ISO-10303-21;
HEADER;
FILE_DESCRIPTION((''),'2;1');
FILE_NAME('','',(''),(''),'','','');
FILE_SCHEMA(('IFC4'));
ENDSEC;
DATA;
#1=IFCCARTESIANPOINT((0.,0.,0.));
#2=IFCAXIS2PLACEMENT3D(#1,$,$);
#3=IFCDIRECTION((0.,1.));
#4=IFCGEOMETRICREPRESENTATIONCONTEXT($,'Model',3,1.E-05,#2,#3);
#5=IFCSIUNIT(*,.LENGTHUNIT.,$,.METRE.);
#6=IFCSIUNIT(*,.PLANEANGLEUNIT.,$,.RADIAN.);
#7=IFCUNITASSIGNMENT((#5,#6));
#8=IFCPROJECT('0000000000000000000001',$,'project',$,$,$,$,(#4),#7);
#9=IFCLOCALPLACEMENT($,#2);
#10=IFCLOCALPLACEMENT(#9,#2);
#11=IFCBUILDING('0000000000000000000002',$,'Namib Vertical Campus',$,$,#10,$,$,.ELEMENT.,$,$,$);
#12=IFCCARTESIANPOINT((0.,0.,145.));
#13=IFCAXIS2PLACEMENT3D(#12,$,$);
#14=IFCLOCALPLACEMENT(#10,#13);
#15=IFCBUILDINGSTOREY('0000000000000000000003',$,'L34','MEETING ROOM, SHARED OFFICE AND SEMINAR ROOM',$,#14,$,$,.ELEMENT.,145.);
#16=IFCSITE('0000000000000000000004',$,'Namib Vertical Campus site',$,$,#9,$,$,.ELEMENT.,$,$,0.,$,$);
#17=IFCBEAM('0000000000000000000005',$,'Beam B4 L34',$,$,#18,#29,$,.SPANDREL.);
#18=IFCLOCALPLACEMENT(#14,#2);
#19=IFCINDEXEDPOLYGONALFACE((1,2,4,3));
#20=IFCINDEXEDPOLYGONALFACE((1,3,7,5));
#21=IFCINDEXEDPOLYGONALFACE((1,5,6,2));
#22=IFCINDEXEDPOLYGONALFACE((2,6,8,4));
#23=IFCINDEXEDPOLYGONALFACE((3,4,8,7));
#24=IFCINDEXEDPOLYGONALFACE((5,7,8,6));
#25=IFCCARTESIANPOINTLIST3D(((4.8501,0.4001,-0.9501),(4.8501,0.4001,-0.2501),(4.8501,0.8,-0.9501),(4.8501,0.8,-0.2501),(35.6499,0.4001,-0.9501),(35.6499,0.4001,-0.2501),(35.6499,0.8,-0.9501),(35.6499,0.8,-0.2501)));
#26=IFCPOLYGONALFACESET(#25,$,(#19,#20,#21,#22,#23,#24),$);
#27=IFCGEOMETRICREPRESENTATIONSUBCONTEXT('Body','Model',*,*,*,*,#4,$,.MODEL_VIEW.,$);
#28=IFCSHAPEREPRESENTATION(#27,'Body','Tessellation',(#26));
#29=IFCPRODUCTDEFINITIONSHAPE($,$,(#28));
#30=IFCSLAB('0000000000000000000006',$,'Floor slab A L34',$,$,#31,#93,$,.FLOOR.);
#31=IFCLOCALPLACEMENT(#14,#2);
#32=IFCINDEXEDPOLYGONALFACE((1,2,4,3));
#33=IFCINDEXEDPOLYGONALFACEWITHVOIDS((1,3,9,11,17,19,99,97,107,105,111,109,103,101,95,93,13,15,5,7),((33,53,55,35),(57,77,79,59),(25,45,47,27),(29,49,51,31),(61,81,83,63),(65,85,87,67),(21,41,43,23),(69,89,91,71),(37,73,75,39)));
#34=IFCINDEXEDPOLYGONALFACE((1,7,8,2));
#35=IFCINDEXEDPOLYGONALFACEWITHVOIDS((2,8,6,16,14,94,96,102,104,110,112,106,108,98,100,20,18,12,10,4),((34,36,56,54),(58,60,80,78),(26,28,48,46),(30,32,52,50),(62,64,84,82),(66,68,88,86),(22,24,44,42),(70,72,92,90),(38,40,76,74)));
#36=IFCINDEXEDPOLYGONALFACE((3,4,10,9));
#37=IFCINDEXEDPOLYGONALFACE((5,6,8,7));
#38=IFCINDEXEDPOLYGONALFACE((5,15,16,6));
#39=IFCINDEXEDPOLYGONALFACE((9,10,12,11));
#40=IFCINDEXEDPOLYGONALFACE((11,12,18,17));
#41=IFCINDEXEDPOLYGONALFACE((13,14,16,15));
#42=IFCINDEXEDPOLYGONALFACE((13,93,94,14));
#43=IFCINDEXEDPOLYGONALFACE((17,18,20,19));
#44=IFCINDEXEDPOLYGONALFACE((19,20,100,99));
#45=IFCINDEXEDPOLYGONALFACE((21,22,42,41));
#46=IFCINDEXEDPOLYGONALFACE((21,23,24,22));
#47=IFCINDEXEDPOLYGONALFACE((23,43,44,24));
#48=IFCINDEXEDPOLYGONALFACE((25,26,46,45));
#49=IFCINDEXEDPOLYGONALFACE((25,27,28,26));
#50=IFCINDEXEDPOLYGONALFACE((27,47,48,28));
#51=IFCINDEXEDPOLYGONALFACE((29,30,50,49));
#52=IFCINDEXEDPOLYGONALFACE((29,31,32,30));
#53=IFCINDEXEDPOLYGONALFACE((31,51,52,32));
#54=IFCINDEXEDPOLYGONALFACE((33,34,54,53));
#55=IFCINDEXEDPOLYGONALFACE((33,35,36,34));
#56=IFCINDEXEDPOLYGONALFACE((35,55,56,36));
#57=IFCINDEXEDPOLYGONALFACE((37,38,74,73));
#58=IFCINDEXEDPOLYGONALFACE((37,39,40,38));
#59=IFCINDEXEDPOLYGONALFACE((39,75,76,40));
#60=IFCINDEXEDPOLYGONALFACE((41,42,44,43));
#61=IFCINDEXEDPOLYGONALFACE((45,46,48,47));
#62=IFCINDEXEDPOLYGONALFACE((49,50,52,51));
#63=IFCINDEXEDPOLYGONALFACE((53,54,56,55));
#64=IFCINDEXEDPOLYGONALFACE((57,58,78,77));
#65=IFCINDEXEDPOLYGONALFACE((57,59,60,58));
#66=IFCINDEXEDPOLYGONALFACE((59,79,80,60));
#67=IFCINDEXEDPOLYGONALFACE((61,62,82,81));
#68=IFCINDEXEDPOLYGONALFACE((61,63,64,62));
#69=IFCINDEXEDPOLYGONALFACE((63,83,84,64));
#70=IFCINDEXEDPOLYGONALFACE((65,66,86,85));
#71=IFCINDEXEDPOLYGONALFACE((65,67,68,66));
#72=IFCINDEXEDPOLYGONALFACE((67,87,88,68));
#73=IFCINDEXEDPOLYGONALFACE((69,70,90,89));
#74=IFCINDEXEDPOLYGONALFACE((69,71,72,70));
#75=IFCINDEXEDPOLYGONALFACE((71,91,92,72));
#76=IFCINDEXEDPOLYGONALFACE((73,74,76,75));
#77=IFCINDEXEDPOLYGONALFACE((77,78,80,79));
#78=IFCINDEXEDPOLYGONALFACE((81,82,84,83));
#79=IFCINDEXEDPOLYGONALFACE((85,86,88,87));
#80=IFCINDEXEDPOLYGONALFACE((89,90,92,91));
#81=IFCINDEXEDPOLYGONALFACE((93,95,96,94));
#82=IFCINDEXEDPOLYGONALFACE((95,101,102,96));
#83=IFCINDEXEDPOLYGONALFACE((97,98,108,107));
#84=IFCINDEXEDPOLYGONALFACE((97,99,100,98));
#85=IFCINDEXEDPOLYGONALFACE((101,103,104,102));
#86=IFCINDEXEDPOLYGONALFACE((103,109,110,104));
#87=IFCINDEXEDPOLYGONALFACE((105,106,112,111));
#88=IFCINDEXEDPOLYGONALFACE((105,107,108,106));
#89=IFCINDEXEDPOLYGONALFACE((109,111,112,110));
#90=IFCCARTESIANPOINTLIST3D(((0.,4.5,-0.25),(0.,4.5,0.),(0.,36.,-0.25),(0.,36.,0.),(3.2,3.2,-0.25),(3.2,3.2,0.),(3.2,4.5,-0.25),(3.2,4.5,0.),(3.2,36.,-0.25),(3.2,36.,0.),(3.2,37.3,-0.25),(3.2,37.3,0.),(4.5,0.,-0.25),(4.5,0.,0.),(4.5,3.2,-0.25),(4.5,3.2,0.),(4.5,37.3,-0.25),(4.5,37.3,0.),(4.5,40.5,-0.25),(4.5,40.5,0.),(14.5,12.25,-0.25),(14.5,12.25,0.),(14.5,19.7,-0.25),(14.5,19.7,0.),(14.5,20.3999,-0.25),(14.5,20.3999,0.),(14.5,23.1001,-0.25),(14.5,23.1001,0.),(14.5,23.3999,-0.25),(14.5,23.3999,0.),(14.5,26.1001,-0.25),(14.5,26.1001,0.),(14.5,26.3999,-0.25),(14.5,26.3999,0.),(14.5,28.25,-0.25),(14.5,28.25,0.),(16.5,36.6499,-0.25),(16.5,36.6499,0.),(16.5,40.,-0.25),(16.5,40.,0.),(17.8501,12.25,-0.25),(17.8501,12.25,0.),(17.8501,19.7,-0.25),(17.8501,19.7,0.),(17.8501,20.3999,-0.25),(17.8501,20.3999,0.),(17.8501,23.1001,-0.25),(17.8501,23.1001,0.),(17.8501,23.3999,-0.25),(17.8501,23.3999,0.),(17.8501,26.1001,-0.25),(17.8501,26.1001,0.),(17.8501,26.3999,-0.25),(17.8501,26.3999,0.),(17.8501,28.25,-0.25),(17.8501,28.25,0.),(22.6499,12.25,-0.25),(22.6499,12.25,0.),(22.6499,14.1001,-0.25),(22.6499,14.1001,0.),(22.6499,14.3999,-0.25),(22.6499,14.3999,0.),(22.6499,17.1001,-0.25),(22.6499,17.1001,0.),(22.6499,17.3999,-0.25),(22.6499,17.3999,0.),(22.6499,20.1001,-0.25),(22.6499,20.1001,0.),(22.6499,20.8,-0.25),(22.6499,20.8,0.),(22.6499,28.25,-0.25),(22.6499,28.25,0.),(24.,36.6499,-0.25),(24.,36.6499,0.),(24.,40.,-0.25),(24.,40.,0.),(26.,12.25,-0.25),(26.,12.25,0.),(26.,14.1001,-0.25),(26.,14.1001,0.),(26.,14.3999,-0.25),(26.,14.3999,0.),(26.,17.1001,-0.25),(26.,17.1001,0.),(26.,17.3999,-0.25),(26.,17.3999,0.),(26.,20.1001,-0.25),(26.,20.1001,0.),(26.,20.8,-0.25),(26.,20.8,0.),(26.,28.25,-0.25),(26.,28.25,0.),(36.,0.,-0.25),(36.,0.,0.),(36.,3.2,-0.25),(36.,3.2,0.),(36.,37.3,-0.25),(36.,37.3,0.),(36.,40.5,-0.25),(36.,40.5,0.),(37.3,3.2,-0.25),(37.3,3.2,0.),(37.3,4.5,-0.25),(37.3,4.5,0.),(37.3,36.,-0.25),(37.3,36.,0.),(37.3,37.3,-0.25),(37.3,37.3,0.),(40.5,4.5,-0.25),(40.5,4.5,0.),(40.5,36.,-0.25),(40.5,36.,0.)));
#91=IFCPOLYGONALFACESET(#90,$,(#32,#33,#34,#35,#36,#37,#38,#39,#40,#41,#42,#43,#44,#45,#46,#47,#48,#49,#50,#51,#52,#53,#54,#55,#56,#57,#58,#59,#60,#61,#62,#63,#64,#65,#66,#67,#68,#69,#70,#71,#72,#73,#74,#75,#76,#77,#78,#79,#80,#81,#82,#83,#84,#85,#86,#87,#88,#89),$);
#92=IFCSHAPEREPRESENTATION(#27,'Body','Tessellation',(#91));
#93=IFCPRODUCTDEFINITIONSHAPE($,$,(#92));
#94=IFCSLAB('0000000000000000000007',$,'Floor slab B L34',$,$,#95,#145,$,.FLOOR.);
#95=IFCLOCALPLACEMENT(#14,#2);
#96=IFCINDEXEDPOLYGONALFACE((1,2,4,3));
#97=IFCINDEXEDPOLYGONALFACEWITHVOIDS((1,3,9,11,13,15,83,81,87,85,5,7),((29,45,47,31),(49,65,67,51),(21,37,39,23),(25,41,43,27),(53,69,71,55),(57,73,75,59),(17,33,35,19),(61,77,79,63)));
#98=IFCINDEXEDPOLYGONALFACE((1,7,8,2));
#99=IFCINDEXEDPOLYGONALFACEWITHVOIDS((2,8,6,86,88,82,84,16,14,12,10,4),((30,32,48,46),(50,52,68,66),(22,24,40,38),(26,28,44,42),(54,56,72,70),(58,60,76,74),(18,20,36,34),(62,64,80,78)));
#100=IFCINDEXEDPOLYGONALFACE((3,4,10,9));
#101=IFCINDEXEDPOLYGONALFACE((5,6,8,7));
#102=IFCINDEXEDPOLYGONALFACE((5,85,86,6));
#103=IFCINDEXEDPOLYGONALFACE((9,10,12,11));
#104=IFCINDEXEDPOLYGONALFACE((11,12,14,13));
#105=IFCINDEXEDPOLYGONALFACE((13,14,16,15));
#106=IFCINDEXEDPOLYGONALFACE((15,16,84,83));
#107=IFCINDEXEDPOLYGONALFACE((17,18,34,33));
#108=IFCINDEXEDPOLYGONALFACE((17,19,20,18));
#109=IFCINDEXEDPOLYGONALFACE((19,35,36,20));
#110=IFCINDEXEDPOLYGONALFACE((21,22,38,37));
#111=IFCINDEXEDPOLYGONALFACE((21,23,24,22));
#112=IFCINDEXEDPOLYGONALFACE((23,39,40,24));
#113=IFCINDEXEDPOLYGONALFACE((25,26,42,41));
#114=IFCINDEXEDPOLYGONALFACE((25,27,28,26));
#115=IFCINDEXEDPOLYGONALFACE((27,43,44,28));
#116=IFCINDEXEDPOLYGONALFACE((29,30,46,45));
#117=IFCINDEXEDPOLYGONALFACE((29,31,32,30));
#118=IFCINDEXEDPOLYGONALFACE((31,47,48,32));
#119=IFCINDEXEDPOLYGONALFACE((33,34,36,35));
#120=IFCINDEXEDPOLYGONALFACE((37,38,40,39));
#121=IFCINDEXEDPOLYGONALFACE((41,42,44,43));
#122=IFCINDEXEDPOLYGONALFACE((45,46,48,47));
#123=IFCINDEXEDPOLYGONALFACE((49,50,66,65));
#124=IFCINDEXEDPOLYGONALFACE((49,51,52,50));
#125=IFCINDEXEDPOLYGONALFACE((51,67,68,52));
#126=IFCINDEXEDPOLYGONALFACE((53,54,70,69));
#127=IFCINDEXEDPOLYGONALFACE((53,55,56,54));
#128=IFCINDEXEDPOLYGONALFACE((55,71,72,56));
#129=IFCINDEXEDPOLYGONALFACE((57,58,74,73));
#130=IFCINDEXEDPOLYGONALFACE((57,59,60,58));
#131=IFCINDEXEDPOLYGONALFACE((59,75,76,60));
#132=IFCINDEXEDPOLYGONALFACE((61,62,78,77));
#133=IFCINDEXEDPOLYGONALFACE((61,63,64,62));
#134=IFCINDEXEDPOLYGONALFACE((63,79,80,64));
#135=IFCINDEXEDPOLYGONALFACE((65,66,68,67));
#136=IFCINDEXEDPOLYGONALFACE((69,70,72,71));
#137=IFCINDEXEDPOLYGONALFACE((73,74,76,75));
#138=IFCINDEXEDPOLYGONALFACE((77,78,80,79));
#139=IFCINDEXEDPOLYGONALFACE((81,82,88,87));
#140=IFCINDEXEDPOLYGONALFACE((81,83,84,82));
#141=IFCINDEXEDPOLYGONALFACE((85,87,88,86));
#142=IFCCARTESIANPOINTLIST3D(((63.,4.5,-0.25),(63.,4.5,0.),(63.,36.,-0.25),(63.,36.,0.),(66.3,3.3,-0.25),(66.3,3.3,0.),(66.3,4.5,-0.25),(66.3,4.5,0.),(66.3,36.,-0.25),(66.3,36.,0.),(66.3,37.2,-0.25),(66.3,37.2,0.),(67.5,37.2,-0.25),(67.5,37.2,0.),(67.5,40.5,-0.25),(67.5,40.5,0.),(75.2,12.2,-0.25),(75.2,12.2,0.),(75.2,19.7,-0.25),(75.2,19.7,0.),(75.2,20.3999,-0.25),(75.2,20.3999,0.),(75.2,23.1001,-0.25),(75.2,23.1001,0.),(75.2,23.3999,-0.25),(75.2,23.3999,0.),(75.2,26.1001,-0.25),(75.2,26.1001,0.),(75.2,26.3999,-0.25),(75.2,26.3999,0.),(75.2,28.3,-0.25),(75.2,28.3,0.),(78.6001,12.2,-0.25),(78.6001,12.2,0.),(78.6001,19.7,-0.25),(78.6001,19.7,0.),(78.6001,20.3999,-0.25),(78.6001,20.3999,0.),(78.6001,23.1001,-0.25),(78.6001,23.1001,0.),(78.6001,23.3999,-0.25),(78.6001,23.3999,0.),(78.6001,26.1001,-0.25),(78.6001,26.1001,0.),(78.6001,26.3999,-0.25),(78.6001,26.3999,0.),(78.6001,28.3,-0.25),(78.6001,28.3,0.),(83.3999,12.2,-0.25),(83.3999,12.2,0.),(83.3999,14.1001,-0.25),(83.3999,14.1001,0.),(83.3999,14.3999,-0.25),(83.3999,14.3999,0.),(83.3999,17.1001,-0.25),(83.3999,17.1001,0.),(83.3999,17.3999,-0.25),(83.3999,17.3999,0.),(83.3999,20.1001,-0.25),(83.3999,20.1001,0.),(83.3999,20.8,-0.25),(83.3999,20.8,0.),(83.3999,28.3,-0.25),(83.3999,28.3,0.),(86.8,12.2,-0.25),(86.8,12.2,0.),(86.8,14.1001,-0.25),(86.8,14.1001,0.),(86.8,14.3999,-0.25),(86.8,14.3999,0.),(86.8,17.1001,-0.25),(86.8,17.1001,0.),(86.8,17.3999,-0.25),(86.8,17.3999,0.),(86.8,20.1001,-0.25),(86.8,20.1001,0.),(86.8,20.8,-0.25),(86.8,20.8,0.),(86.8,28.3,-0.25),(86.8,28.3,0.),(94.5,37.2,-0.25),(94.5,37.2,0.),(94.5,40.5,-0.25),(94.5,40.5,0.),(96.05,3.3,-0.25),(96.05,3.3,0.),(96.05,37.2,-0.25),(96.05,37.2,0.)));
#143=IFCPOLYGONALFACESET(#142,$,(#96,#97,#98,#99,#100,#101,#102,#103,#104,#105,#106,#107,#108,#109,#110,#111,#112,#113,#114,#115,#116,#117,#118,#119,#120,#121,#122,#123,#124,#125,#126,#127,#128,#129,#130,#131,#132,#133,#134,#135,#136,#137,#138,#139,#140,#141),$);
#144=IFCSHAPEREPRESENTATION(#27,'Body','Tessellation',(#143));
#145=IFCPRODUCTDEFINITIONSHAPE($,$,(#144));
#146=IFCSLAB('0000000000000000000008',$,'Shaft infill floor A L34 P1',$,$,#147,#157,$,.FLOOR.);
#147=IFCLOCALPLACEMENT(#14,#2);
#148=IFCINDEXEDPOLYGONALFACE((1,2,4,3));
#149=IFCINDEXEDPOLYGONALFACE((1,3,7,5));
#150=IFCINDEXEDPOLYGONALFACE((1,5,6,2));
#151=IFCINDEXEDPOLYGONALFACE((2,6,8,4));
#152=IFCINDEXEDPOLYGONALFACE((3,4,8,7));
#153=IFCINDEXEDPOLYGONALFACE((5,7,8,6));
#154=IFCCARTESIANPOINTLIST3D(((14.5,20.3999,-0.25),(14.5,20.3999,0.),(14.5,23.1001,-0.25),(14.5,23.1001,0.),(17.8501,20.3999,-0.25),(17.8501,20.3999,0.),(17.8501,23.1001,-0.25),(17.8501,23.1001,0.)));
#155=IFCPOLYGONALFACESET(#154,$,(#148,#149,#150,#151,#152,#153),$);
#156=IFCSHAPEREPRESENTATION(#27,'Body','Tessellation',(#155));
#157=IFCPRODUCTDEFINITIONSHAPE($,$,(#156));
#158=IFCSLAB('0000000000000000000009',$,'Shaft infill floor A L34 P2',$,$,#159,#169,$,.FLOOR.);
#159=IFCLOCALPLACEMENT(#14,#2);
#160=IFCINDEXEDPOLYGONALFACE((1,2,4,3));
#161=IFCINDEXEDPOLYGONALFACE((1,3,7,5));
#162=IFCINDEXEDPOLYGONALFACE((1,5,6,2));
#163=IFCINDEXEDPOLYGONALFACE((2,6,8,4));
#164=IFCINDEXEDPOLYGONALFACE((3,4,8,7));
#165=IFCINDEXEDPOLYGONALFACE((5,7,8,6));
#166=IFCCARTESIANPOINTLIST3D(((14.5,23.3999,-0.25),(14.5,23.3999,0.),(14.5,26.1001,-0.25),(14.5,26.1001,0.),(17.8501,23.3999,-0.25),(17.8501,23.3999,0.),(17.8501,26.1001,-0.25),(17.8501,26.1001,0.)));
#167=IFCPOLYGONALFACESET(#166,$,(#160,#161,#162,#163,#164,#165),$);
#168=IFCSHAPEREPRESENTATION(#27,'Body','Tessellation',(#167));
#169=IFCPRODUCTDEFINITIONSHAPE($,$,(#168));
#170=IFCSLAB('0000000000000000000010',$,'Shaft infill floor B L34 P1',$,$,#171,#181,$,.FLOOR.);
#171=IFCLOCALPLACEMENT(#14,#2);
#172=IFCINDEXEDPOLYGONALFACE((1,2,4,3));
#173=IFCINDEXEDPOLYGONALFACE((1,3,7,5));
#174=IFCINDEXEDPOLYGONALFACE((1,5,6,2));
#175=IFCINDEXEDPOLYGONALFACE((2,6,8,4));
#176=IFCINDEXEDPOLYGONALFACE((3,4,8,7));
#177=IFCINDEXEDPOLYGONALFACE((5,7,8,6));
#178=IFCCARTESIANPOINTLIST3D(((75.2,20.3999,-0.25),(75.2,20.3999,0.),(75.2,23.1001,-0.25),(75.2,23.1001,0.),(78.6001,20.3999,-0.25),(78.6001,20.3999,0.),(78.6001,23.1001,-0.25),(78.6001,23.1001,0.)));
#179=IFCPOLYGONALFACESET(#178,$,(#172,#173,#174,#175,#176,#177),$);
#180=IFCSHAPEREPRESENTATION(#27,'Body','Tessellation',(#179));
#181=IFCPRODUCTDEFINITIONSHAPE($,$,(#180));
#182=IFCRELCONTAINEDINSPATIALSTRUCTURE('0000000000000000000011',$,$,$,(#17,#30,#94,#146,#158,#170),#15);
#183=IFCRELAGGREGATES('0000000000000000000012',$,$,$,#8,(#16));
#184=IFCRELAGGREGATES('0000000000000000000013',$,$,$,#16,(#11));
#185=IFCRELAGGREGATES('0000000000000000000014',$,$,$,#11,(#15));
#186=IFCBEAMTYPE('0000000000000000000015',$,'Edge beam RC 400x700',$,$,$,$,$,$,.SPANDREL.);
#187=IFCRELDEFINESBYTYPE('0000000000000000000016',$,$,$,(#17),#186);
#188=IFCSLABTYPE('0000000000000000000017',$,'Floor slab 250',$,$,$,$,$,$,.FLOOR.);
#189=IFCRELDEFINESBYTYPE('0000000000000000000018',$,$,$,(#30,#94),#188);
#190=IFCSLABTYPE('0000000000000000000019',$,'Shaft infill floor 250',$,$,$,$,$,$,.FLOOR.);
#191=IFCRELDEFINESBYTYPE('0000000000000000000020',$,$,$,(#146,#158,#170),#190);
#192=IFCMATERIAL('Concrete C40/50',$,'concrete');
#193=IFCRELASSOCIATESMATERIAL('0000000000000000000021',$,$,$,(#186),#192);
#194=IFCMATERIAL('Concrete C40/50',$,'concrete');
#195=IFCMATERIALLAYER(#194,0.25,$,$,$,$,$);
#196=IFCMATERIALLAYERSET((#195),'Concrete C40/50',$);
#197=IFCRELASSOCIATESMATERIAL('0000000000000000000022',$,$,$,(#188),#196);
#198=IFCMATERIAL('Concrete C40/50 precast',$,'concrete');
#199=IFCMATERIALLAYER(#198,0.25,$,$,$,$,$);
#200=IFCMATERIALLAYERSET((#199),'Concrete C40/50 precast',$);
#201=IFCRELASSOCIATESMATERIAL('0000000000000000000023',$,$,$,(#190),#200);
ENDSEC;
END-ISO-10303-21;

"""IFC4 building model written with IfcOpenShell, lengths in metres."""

from ifc_helpers import new_model, si_unit, direction, frame, origin, origin_2d, place, context, subcontext, project, spatial, polyline, rectangle, outline, extrude, material, layer, layer_set, material_profile, profile_set, type_object, element, save


model = new_model("IFC4")

# Units and contexts
model_context = context("Model", 3, precision=1e-05, world=origin(), true_north=direction((0.0, 1.0)))
body_context = subcontext(model_context, "Body", "Model", "MODEL_VIEW")
ifc_project = project(units=[si_unit("LENGTHUNIT", "METRE"), si_unit("PLANEANGLEUNIT", "RADIAN")], contexts=[model_context])

# Site, building, storey
site_placement = place(None, origin())
site = spatial("IfcSite", under=ifc_project, at=site_placement, Name="Namib Vertical Campus site", CompositionType="ELEMENT", RefElevation=0.0)
building_placement = place(site_placement, origin())
building = spatial("IfcBuilding", under=site, at=building_placement, Name="Namib Vertical Campus", CompositionType="ELEMENT")
storey_placement = place(building_placement, frame((0.0, 0.0, 145.0)))
storey = spatial("IfcBuildingStorey", under=building, at=storey_placement, Name="L34", Description="MEETING ROOM, SHARED OFFICE AND SEMINAR ROOM", CompositionType="ELEMENT", Elevation=145.0)

# Beam
ifc_material_1 = material(Name="Concrete C40/50", Category="concrete")
ifc_material_profile = material_profile(ifc_material_1, rectangle(XDim=0.3999, YDim=0.7, at=origin_2d()))
ifc_profile_set = profile_set([ifc_material_profile], Name="Concrete C40/50")
beam_type = type_object("IfcBeamType", Name="Edge beam RC 400x700", PredefinedType="SPANDREL", material=ifc_profile_set)
beam_placement = place(storey_placement, frame((4.8501, 0.6001, -0.6001), z_axis=(1.0, 0.0, 0.0), x_axis=(0.0, 1.0, 0.0)))
element("IfcBeam", 1, at=beam_placement, inside=storey, type_object=beam_type, Name="Beam B4 L34", PredefinedType="SPANDREL", context=body_context, shape_type="SweptSolid", body=[
    extrude(rectangle(XDim=0.3999, YDim=0.7, at=origin_2d()), origin(), (0.0, 0.0, 1.0), 30.7998),
])

# Slabs
ifc_material_2 = material(Name="Concrete C40/50", Category="concrete")
ifc_layer_1 = layer(ifc_material_2, 0.25)
ifc_layer_set_1 = layer_set([ifc_layer_1], Name="Concrete C40/50")
slab_type_1 = type_object("IfcSlabType", Name="Floor slab 250", PredefinedType="FLOOR", material=ifc_layer_set_1)
slab_1_placement = place(storey_placement, frame((0.0, 0.0, -0.25)))
element("IfcSlab", 2, at=slab_1_placement, inside=storey, type_object=slab_type_1, Name="Floor slab A L34", PredefinedType="FLOOR", context=body_context, shape_type="SweptSolid", body=[
    extrude(outline(polyline([(4.5, 0.0), (36.0, 0.0), (36.0, 3.2), (37.3, 3.2), (37.3, 4.5), (40.5, 4.5), (40.5, 36.0), (37.3, 36.0), (37.3, 37.3), (36.0, 37.3), (36.0, 40.5), (4.5, 40.5), (4.5, 37.3), (3.2, 37.3), (3.2, 36.0), (0.0, 36.0), (0.0, 4.5), (3.2, 4.5), (3.2, 3.2), (4.5, 3.2), (4.5, 0.0)]), holes=[polyline([(14.5, 12.25), (17.8501, 12.25), (17.8501, 19.7), (14.5, 19.7), (14.5, 12.25)]), polyline([(22.6499, 20.8), (26.0, 20.8), (26.0, 28.25), (22.6499, 28.25), (22.6499, 20.8)]), polyline([(22.6499, 12.25), (26.0, 12.25), (26.0, 14.1001), (22.6499, 14.1001), (22.6499, 12.25)]), polyline([(14.5, 20.3999), (17.8501, 20.3999), (17.8501, 23.1001), (14.5, 23.1001), (14.5, 20.3999)]), polyline([(14.5, 23.3999), (17.8501, 23.3999), (17.8501, 26.1001), (14.5, 26.1001), (14.5, 23.3999)]), polyline([(14.5, 26.3999), (17.8501, 26.3999), (17.8501, 28.25), (14.5, 28.25), (14.5, 26.3999)]), polyline([(22.6499, 14.3999), (26.0, 14.3999), (26.0, 17.1001), (22.6499, 17.1001), (22.6499, 14.3999)]), polyline([(22.6499, 17.3999), (26.0, 17.3999), (26.0, 20.1001), (22.6499, 20.1001), (22.6499, 17.3999)]), polyline([(16.5, 36.6499), (24.0, 36.6499), (24.0, 40.0), (16.5, 40.0), (16.5, 36.6499)])]), origin(), (0.0, 0.0, 1.0), 0.25),
])
slab_2_placement = place(storey_placement, frame((0.0, 0.0, -0.25)))
element("IfcSlab", 3, at=slab_2_placement, inside=storey, type_object=slab_type_1, Name="Floor slab B L34", PredefinedType="FLOOR", context=body_context, shape_type="SweptSolid", body=[
    extrude(outline(polyline([(63.0, 4.5), (66.3, 4.5), (66.3, 3.3), (96.05, 3.3), (96.05, 37.2), (94.5, 37.2), (94.5, 40.5), (67.5, 40.5), (67.5, 37.2), (66.3, 37.2), (66.3, 36.0), (63.0, 36.0), (63.0, 4.5)]), holes=[polyline([(75.2, 12.2), (78.6001, 12.2), (78.6001, 19.7), (75.2, 19.7), (75.2, 12.2)]), polyline([(83.3999, 20.8), (86.8, 20.8), (86.8, 28.3), (83.3999, 28.3), (83.3999, 20.8)]), polyline([(83.3999, 12.2), (86.8, 12.2), (86.8, 14.1001), (83.3999, 14.1001), (83.3999, 12.2)]), polyline([(75.2, 20.3999), (78.6001, 20.3999), (78.6001, 23.1001), (75.2, 23.1001), (75.2, 20.3999)]), polyline([(75.2, 23.3999), (78.6001, 23.3999), (78.6001, 26.1001), (75.2, 26.1001), (75.2, 23.3999)]), polyline([(75.2, 26.3999), (78.6001, 26.3999), (78.6001, 28.3), (75.2, 28.3), (75.2, 26.3999)]), polyline([(83.3999, 14.3999), (86.8, 14.3999), (86.8, 17.1001), (83.3999, 17.1001), (83.3999, 14.3999)]), polyline([(83.3999, 17.3999), (86.8, 17.3999), (86.8, 20.1001), (83.3999, 20.1001), (83.3999, 17.3999)])]), origin(), (0.0, 0.0, 1.0), 0.25),
])
ifc_material_3 = material(Name="Concrete C40/50 precast", Category="concrete")
ifc_layer_2 = layer(ifc_material_3, 0.25)
ifc_layer_set_2 = layer_set([ifc_layer_2], Name="Concrete C40/50 precast")
slab_type_2 = type_object("IfcSlabType", Name="Shaft infill floor 250", PredefinedType="FLOOR", material=ifc_layer_set_2)
slab_3_placement = place(storey_placement, frame((0.0, 0.0, -0.25)))
element("IfcSlab", 4, at=slab_3_placement, inside=storey, type_object=slab_type_2, Name="Shaft infill floor A L34 P1", PredefinedType="FLOOR", context=body_context, shape_type="SweptSolid", body=[
    extrude(outline(polyline([(14.5, 20.3999), (17.8501, 20.3999), (17.8501, 23.1001), (14.5, 23.1001), (14.5, 20.3999)])), origin(), (0.0, 0.0, 1.0), 0.25),
])
slab_4_placement = place(storey_placement, frame((0.0, 0.0, -0.25)))
element("IfcSlab", 5, at=slab_4_placement, inside=storey, type_object=slab_type_2, Name="Shaft infill floor A L34 P2", PredefinedType="FLOOR", context=body_context, shape_type="SweptSolid", body=[
    extrude(outline(polyline([(14.5, 23.3999), (17.8501, 23.3999), (17.8501, 26.1001), (14.5, 26.1001), (14.5, 23.3999)])), origin(), (0.0, 0.0, 1.0), 0.25),
])
slab_5_placement = place(storey_placement, frame((0.0, 0.0, -0.25)))
element("IfcSlab", 6, at=slab_5_placement, inside=storey, type_object=slab_type_2, Name="Shaft infill floor B L34 P1", PredefinedType="FLOOR", context=body_context, shape_type="SweptSolid", body=[
    extrude(outline(polyline([(75.2, 20.3999), (78.6001, 20.3999), (78.6001, 23.1001), (75.2, 23.1001), (75.2, 20.3999)])), origin(), (0.0, 0.0, 1.0), 0.25),
])

save(model, "model.ifc")
